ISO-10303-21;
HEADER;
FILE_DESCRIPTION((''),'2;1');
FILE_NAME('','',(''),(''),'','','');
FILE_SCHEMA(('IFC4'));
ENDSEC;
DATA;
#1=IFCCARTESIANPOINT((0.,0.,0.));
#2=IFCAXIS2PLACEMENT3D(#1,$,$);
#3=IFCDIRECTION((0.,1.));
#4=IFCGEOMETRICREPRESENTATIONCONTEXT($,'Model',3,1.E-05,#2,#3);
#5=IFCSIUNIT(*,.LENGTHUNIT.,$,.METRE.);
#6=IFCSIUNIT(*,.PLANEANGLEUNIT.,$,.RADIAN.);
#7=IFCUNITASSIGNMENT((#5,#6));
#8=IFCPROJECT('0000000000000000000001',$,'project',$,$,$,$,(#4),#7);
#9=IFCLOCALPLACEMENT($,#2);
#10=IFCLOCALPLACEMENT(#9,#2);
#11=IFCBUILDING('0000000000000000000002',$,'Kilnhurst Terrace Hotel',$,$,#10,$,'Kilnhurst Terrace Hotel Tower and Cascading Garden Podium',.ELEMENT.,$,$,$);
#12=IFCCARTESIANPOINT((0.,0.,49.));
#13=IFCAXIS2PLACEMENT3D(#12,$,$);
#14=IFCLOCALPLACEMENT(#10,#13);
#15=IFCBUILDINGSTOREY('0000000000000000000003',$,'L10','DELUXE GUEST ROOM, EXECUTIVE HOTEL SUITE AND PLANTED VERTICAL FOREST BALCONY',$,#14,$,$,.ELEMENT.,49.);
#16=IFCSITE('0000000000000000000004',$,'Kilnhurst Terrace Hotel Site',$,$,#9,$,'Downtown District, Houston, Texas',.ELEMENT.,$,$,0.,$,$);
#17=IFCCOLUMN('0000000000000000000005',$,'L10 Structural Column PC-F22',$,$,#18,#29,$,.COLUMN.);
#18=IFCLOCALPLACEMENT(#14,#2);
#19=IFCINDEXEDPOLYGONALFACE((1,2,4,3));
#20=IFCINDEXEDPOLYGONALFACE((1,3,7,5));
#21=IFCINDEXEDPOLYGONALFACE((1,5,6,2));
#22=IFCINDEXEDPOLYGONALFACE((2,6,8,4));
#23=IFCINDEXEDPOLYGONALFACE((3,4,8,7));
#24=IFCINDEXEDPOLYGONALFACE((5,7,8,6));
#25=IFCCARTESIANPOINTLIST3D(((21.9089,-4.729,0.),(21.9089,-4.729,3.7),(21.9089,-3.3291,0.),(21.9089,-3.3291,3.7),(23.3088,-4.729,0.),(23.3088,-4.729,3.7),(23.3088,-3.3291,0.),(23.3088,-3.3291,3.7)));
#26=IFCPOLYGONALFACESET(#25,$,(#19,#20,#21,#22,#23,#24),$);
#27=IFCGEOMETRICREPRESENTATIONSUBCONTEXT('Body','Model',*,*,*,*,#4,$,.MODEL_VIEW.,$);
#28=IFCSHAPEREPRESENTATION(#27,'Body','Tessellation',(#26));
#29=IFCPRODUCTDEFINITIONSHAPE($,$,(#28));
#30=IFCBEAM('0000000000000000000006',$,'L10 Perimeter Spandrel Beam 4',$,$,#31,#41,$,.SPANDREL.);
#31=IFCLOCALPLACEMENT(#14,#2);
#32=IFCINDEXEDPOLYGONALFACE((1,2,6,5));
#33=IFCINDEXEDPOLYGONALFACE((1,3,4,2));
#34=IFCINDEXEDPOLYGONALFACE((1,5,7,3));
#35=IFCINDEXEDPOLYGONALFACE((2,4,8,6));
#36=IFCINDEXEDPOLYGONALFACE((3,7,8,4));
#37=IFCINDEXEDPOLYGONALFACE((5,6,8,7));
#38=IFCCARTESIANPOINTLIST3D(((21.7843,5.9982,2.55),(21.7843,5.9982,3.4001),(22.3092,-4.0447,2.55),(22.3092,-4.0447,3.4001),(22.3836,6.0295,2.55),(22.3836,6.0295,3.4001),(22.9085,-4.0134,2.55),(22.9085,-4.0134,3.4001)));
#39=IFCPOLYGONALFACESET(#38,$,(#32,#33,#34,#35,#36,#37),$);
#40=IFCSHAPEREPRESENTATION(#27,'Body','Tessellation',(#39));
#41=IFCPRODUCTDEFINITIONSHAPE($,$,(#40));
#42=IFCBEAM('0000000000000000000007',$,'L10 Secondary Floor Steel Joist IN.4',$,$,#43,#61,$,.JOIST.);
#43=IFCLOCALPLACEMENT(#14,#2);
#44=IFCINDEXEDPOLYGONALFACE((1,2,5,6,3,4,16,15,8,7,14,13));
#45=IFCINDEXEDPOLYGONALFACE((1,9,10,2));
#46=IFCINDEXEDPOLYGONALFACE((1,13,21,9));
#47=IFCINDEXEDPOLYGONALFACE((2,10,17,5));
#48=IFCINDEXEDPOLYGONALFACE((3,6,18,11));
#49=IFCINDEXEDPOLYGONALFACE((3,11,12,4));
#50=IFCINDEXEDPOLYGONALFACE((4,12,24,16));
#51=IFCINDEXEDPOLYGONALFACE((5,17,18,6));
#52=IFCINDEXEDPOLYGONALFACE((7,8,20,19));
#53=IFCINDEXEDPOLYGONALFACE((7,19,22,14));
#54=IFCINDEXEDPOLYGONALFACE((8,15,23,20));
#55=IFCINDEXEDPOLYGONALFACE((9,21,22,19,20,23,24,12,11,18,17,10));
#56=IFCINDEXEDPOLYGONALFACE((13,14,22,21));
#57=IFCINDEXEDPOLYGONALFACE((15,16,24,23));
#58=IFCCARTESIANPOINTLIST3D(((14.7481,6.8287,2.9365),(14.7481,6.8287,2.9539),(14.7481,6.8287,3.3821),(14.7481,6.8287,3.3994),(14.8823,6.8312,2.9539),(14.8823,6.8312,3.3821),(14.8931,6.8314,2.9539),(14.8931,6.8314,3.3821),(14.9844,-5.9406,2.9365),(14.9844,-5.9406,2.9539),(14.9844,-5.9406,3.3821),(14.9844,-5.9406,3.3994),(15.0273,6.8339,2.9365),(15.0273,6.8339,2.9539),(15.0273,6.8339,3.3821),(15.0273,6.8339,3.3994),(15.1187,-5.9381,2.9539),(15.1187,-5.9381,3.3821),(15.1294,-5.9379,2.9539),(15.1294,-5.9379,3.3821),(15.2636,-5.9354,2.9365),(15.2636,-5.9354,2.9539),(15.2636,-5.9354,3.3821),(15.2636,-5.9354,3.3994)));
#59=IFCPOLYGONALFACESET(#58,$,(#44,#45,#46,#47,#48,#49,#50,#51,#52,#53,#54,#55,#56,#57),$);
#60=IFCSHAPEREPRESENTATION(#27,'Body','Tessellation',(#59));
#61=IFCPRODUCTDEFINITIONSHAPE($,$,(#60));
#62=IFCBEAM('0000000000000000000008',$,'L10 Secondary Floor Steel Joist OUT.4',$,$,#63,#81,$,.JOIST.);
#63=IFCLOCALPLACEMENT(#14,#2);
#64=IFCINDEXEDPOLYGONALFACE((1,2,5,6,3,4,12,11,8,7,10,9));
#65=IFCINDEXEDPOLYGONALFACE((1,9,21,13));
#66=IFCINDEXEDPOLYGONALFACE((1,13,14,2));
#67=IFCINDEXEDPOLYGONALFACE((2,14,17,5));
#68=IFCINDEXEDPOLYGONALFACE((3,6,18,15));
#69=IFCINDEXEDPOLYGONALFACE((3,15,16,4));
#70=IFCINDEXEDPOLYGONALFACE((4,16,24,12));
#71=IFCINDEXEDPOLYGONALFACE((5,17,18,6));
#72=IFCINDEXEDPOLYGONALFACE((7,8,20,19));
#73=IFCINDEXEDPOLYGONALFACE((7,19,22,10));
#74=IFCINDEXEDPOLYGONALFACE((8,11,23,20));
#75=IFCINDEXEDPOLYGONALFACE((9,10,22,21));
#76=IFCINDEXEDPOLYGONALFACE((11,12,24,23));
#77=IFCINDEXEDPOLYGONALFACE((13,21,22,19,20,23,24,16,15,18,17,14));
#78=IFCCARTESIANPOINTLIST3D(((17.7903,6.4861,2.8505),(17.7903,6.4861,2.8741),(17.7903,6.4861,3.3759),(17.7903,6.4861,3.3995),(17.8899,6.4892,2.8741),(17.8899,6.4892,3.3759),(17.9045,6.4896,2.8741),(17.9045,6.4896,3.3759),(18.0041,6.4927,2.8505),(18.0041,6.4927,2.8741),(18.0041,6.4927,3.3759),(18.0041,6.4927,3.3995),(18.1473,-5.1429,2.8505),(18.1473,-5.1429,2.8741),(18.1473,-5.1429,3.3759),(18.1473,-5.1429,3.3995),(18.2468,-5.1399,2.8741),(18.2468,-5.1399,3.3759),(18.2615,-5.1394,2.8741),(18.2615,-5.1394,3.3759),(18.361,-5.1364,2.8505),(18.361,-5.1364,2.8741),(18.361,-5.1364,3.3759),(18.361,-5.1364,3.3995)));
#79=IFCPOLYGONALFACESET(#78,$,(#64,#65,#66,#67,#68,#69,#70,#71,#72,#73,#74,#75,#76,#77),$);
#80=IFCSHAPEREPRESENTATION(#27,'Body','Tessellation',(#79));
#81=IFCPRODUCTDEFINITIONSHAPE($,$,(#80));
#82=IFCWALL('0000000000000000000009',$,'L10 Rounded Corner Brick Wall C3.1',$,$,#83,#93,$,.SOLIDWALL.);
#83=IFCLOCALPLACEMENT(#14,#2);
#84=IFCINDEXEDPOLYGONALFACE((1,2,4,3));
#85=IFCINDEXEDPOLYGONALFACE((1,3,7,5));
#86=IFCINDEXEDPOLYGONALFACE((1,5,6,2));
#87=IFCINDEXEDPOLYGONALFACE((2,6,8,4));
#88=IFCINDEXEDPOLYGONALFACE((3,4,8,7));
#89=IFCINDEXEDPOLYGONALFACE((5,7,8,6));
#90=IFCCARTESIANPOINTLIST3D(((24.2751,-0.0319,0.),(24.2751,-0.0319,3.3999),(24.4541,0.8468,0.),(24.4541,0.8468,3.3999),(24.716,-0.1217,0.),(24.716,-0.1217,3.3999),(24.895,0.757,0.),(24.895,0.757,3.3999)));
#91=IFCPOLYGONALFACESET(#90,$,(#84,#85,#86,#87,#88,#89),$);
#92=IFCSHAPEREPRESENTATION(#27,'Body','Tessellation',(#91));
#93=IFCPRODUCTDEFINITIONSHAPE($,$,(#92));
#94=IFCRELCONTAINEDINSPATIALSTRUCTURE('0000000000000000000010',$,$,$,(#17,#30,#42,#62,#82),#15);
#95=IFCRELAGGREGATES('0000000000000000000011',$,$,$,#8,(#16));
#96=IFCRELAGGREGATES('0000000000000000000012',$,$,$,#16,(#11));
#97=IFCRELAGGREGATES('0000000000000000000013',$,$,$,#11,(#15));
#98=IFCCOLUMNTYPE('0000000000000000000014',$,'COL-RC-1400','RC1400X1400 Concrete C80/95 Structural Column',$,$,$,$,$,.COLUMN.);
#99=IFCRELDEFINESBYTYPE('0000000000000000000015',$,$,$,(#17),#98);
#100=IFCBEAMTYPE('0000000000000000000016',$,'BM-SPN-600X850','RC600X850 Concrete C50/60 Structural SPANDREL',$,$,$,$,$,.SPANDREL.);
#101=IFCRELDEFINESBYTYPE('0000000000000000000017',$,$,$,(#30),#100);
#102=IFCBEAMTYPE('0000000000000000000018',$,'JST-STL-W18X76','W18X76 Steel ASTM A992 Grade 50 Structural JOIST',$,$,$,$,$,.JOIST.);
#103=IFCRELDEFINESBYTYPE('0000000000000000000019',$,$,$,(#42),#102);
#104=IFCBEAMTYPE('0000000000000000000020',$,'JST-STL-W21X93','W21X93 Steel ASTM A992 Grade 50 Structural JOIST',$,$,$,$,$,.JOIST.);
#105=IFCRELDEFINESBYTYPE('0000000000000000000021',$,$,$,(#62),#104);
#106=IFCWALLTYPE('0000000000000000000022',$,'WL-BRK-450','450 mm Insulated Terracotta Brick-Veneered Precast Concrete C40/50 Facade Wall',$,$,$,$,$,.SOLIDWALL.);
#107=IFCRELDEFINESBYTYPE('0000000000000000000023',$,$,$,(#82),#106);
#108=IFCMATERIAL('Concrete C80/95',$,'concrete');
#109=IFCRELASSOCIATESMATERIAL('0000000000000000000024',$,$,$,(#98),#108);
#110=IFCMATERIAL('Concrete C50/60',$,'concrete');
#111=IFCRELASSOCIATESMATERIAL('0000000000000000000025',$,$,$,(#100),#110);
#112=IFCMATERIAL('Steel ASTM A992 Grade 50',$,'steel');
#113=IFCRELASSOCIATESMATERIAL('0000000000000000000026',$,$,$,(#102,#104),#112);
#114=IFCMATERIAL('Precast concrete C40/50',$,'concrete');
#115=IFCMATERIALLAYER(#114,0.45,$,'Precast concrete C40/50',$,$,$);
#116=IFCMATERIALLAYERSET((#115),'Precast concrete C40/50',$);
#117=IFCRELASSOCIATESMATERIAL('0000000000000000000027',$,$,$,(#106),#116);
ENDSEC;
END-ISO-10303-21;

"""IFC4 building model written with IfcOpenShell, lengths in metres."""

from ifc_helpers import new_model, si_unit, direction, frame, frame_2d, origin, origin_2d, place, context, subcontext, project, spatial, rectangle, i_section, extrude, material, layer, layer_set, material_profile, profile_set, type_object, element, save


model = new_model("IFC4")

# Units and contexts
model_context = context("Model", 3, precision=1e-05, world=origin(), true_north=direction((0.0, 1.0)))
body_context = subcontext(model_context, "Body", "Model", "MODEL_VIEW")
ifc_project = project(units=[si_unit("LENGTHUNIT", "METRE"), si_unit("PLANEANGLEUNIT", "RADIAN")], contexts=[model_context])

# Site, building, storey
site_placement = place(None, origin())
site = spatial("IfcSite", under=ifc_project, at=site_placement, Name="Kilnhurst Terrace Hotel Site", LongName="Downtown District, Houston, Texas", CompositionType="ELEMENT", RefElevation=0.0)
building_placement = place(site_placement, origin())
building = spatial("IfcBuilding", under=site, at=building_placement, Name="Kilnhurst Terrace Hotel", LongName="Kilnhurst Terrace Hotel Tower and Cascading Garden Podium", CompositionType="ELEMENT")
storey_placement = place(building_placement, frame((0.0, 0.0, 49.0)))
storey = spatial("IfcBuildingStorey", under=building, at=storey_placement, Name="L10", Description="DELUXE GUEST ROOM, EXECUTIVE HOTEL SUITE AND PLANTED VERTICAL FOREST BALCONY", CompositionType="ELEMENT", Elevation=49.0)

# Column
ifc_material_1 = material(Name="Concrete C80/95", Category="concrete")
ifc_material_profile_1 = material_profile(ifc_material_1, rectangle(XDim=1.3999, YDim=1.3999, at=origin_2d()), Name="RC1400X1400")
ifc_profile_set_1 = profile_set([ifc_material_profile_1], Name="Concrete C80/95")
column_type = type_object("IfcColumnType", Name="COL-RC-1400", Description="RC1400X1400 Concrete C80/95 Structural Column", PredefinedType="COLUMN", material=ifc_profile_set_1)
column_placement = place(storey_placement, frame((22.6089, -4.0291, 0.0), z_axis=(0.0, 0.0, 1.0), x_axis=(1.0, 0.0, 0.0)))
element("IfcColumn", 1, at=column_placement, inside=storey, type_object=column_type, Name="L10 Structural Column PC-F22", PredefinedType="COLUMN", context=body_context, shape_type="SweptSolid", body=[
    extrude(rectangle(XDim=1.3999, YDim=1.3999, at=origin_2d()), origin(), (0.0, 0.0, 1.0), 3.7),
])

# Beams
ifc_material_2 = material(Name="Concrete C50/60", Category="concrete")
ifc_material_profile_2 = material_profile(ifc_material_2, rectangle(XDim=0.6001, YDim=0.8501, at=origin_2d()), Name="RC600X850")
ifc_profile_set_2 = profile_set([ifc_material_profile_2], Name="Concrete C50/60")
beam_type_1 = type_object("IfcBeamType", Name="BM-SPN-600X850", Description="RC600X850 Concrete C50/60 Structural SPANDREL", PredefinedType="SPANDREL", material=ifc_profile_set_2)
beam_1_placement = place(storey_placement, frame((22.6089, -4.0291, 2.9751), z_axis=(-0.052194, 0.998637, 0.0), x_axis=(-0.998637, -0.052194, 0.0)))
element("IfcBeam", 2, at=beam_1_placement, inside=storey, type_object=beam_type_1, Name="L10 Perimeter Spandrel Beam 4", PredefinedType="SPANDREL", context=body_context, shape_type="SweptSolid", body=[
    extrude(rectangle(XDim=0.6001, YDim=0.8501, at=origin_2d()), origin(), (0.0, 0.0, 1.0), 10.0566),
])
ifc_material_3 = material(Name="Steel ASTM A992 Grade 50", Category="steel")
ifc_material_profile_3 = material_profile(ifc_material_3, i_section(OverallWidth=0.2793, OverallDepth=0.4629, WebThickness=0.0107, FlangeThickness=0.0173, at=origin_2d()), Name="W18X76")
ifc_profile_set_3 = profile_set([ifc_material_profile_3], Name="Steel ASTM A992 Grade 50")
beam_type_2 = type_object("IfcBeamType", Name="JST-STL-W18X76", Description="W18X76 Steel ASTM A992 Grade 50 Structural JOIST", PredefinedType="JOIST", material=ifc_profile_set_3)
beam_2_placement = place(storey_placement, frame((15.124, -5.938, 3.168), z_axis=(-0.018504, 0.999829, 0.0), x_axis=(-0.999829, -0.018504, 0.0)))
element("IfcBeam", 3, at=beam_2_placement, inside=storey, type_object=beam_type_2, Name="L10 Secondary Floor Steel Joist IN.4", PredefinedType="JOIST", context=body_context, shape_type="SweptSolid", body=[
    extrude(i_section(OverallWidth=0.2793, OverallDepth=0.4629, WebThickness=0.0107, FlangeThickness=0.0173, at=origin_2d()), origin(), (0.0, 0.0, 1.0), 12.7715),
])
ifc_material_profile_4 = material_profile(ifc_material_3, i_section(OverallWidth=0.2139, OverallDepth=0.5491, WebThickness=0.0146, FlangeThickness=0.0237, at=origin_2d()), Name="W21X93")
ifc_profile_set_4 = profile_set([ifc_material_profile_4], Name="Steel ASTM A992 Grade 50")
beam_type_3 = type_object("IfcBeamType", Name="JST-STL-W21X93", Description="W21X93 Steel ASTM A992 Grade 50 Structural JOIST", PredefinedType="JOIST", material=ifc_profile_set_4)
beam_3_placement = place(storey_placement, frame((18.2542, -5.1396, 3.125), z_axis=(-0.030679, 0.999529, 0.0), x_axis=(-0.999529, -0.030679, 0.0)))
element("IfcBeam", 4, at=beam_3_placement, inside=storey, type_object=beam_type_3, Name="L10 Secondary Floor Steel Joist OUT.4", PredefinedType="JOIST", context=body_context, shape_type="SweptSolid", body=[
    extrude(i_section(OverallWidth=0.2139, OverallDepth=0.5491, WebThickness=0.0146, FlangeThickness=0.0237, at=origin_2d()), origin(), (0.0, 0.0, 1.0), 11.6345),
])

# Wall
ifc_material_4 = material(Name="Precast concrete C40/50", Category="concrete")
ifc_layer_1 = layer(ifc_material_4, 0.45, Name="Precast concrete C40/50")
ifc_layer_set_1 = layer_set([ifc_layer_1], Name="Precast concrete C40/50")
wall_type_1 = type_object("IfcWallType", Name="WL-BRK-450", Description="450 mm Insulated Terracotta Brick-Veneered Precast Concrete C40/50 Facade Wall", PredefinedType="SOLIDWALL", material=ifc_layer_set_1)
wall_1_placement = place(storey_placement, frame((24.4956, -0.0767, 0.0), z_axis=(0.0, 0.0, 1.0), x_axis=(0.199571, 0.979883, 0.0)))
element("IfcWall", 5, at=wall_1_placement, inside=storey, type_object=wall_type_1, Name="L10 Rounded Corner Brick Wall C3.1", PredefinedType="SOLIDWALL", context=body_context, shape_type="SweptSolid", body=[
    extrude(rectangle(XDim=0.8967, YDim=0.45, at=frame_2d((0.4482, 0.0))), origin(), (0.0, 0.0, 1.0), 3.3999),
])

save(model, "model.ifc")
